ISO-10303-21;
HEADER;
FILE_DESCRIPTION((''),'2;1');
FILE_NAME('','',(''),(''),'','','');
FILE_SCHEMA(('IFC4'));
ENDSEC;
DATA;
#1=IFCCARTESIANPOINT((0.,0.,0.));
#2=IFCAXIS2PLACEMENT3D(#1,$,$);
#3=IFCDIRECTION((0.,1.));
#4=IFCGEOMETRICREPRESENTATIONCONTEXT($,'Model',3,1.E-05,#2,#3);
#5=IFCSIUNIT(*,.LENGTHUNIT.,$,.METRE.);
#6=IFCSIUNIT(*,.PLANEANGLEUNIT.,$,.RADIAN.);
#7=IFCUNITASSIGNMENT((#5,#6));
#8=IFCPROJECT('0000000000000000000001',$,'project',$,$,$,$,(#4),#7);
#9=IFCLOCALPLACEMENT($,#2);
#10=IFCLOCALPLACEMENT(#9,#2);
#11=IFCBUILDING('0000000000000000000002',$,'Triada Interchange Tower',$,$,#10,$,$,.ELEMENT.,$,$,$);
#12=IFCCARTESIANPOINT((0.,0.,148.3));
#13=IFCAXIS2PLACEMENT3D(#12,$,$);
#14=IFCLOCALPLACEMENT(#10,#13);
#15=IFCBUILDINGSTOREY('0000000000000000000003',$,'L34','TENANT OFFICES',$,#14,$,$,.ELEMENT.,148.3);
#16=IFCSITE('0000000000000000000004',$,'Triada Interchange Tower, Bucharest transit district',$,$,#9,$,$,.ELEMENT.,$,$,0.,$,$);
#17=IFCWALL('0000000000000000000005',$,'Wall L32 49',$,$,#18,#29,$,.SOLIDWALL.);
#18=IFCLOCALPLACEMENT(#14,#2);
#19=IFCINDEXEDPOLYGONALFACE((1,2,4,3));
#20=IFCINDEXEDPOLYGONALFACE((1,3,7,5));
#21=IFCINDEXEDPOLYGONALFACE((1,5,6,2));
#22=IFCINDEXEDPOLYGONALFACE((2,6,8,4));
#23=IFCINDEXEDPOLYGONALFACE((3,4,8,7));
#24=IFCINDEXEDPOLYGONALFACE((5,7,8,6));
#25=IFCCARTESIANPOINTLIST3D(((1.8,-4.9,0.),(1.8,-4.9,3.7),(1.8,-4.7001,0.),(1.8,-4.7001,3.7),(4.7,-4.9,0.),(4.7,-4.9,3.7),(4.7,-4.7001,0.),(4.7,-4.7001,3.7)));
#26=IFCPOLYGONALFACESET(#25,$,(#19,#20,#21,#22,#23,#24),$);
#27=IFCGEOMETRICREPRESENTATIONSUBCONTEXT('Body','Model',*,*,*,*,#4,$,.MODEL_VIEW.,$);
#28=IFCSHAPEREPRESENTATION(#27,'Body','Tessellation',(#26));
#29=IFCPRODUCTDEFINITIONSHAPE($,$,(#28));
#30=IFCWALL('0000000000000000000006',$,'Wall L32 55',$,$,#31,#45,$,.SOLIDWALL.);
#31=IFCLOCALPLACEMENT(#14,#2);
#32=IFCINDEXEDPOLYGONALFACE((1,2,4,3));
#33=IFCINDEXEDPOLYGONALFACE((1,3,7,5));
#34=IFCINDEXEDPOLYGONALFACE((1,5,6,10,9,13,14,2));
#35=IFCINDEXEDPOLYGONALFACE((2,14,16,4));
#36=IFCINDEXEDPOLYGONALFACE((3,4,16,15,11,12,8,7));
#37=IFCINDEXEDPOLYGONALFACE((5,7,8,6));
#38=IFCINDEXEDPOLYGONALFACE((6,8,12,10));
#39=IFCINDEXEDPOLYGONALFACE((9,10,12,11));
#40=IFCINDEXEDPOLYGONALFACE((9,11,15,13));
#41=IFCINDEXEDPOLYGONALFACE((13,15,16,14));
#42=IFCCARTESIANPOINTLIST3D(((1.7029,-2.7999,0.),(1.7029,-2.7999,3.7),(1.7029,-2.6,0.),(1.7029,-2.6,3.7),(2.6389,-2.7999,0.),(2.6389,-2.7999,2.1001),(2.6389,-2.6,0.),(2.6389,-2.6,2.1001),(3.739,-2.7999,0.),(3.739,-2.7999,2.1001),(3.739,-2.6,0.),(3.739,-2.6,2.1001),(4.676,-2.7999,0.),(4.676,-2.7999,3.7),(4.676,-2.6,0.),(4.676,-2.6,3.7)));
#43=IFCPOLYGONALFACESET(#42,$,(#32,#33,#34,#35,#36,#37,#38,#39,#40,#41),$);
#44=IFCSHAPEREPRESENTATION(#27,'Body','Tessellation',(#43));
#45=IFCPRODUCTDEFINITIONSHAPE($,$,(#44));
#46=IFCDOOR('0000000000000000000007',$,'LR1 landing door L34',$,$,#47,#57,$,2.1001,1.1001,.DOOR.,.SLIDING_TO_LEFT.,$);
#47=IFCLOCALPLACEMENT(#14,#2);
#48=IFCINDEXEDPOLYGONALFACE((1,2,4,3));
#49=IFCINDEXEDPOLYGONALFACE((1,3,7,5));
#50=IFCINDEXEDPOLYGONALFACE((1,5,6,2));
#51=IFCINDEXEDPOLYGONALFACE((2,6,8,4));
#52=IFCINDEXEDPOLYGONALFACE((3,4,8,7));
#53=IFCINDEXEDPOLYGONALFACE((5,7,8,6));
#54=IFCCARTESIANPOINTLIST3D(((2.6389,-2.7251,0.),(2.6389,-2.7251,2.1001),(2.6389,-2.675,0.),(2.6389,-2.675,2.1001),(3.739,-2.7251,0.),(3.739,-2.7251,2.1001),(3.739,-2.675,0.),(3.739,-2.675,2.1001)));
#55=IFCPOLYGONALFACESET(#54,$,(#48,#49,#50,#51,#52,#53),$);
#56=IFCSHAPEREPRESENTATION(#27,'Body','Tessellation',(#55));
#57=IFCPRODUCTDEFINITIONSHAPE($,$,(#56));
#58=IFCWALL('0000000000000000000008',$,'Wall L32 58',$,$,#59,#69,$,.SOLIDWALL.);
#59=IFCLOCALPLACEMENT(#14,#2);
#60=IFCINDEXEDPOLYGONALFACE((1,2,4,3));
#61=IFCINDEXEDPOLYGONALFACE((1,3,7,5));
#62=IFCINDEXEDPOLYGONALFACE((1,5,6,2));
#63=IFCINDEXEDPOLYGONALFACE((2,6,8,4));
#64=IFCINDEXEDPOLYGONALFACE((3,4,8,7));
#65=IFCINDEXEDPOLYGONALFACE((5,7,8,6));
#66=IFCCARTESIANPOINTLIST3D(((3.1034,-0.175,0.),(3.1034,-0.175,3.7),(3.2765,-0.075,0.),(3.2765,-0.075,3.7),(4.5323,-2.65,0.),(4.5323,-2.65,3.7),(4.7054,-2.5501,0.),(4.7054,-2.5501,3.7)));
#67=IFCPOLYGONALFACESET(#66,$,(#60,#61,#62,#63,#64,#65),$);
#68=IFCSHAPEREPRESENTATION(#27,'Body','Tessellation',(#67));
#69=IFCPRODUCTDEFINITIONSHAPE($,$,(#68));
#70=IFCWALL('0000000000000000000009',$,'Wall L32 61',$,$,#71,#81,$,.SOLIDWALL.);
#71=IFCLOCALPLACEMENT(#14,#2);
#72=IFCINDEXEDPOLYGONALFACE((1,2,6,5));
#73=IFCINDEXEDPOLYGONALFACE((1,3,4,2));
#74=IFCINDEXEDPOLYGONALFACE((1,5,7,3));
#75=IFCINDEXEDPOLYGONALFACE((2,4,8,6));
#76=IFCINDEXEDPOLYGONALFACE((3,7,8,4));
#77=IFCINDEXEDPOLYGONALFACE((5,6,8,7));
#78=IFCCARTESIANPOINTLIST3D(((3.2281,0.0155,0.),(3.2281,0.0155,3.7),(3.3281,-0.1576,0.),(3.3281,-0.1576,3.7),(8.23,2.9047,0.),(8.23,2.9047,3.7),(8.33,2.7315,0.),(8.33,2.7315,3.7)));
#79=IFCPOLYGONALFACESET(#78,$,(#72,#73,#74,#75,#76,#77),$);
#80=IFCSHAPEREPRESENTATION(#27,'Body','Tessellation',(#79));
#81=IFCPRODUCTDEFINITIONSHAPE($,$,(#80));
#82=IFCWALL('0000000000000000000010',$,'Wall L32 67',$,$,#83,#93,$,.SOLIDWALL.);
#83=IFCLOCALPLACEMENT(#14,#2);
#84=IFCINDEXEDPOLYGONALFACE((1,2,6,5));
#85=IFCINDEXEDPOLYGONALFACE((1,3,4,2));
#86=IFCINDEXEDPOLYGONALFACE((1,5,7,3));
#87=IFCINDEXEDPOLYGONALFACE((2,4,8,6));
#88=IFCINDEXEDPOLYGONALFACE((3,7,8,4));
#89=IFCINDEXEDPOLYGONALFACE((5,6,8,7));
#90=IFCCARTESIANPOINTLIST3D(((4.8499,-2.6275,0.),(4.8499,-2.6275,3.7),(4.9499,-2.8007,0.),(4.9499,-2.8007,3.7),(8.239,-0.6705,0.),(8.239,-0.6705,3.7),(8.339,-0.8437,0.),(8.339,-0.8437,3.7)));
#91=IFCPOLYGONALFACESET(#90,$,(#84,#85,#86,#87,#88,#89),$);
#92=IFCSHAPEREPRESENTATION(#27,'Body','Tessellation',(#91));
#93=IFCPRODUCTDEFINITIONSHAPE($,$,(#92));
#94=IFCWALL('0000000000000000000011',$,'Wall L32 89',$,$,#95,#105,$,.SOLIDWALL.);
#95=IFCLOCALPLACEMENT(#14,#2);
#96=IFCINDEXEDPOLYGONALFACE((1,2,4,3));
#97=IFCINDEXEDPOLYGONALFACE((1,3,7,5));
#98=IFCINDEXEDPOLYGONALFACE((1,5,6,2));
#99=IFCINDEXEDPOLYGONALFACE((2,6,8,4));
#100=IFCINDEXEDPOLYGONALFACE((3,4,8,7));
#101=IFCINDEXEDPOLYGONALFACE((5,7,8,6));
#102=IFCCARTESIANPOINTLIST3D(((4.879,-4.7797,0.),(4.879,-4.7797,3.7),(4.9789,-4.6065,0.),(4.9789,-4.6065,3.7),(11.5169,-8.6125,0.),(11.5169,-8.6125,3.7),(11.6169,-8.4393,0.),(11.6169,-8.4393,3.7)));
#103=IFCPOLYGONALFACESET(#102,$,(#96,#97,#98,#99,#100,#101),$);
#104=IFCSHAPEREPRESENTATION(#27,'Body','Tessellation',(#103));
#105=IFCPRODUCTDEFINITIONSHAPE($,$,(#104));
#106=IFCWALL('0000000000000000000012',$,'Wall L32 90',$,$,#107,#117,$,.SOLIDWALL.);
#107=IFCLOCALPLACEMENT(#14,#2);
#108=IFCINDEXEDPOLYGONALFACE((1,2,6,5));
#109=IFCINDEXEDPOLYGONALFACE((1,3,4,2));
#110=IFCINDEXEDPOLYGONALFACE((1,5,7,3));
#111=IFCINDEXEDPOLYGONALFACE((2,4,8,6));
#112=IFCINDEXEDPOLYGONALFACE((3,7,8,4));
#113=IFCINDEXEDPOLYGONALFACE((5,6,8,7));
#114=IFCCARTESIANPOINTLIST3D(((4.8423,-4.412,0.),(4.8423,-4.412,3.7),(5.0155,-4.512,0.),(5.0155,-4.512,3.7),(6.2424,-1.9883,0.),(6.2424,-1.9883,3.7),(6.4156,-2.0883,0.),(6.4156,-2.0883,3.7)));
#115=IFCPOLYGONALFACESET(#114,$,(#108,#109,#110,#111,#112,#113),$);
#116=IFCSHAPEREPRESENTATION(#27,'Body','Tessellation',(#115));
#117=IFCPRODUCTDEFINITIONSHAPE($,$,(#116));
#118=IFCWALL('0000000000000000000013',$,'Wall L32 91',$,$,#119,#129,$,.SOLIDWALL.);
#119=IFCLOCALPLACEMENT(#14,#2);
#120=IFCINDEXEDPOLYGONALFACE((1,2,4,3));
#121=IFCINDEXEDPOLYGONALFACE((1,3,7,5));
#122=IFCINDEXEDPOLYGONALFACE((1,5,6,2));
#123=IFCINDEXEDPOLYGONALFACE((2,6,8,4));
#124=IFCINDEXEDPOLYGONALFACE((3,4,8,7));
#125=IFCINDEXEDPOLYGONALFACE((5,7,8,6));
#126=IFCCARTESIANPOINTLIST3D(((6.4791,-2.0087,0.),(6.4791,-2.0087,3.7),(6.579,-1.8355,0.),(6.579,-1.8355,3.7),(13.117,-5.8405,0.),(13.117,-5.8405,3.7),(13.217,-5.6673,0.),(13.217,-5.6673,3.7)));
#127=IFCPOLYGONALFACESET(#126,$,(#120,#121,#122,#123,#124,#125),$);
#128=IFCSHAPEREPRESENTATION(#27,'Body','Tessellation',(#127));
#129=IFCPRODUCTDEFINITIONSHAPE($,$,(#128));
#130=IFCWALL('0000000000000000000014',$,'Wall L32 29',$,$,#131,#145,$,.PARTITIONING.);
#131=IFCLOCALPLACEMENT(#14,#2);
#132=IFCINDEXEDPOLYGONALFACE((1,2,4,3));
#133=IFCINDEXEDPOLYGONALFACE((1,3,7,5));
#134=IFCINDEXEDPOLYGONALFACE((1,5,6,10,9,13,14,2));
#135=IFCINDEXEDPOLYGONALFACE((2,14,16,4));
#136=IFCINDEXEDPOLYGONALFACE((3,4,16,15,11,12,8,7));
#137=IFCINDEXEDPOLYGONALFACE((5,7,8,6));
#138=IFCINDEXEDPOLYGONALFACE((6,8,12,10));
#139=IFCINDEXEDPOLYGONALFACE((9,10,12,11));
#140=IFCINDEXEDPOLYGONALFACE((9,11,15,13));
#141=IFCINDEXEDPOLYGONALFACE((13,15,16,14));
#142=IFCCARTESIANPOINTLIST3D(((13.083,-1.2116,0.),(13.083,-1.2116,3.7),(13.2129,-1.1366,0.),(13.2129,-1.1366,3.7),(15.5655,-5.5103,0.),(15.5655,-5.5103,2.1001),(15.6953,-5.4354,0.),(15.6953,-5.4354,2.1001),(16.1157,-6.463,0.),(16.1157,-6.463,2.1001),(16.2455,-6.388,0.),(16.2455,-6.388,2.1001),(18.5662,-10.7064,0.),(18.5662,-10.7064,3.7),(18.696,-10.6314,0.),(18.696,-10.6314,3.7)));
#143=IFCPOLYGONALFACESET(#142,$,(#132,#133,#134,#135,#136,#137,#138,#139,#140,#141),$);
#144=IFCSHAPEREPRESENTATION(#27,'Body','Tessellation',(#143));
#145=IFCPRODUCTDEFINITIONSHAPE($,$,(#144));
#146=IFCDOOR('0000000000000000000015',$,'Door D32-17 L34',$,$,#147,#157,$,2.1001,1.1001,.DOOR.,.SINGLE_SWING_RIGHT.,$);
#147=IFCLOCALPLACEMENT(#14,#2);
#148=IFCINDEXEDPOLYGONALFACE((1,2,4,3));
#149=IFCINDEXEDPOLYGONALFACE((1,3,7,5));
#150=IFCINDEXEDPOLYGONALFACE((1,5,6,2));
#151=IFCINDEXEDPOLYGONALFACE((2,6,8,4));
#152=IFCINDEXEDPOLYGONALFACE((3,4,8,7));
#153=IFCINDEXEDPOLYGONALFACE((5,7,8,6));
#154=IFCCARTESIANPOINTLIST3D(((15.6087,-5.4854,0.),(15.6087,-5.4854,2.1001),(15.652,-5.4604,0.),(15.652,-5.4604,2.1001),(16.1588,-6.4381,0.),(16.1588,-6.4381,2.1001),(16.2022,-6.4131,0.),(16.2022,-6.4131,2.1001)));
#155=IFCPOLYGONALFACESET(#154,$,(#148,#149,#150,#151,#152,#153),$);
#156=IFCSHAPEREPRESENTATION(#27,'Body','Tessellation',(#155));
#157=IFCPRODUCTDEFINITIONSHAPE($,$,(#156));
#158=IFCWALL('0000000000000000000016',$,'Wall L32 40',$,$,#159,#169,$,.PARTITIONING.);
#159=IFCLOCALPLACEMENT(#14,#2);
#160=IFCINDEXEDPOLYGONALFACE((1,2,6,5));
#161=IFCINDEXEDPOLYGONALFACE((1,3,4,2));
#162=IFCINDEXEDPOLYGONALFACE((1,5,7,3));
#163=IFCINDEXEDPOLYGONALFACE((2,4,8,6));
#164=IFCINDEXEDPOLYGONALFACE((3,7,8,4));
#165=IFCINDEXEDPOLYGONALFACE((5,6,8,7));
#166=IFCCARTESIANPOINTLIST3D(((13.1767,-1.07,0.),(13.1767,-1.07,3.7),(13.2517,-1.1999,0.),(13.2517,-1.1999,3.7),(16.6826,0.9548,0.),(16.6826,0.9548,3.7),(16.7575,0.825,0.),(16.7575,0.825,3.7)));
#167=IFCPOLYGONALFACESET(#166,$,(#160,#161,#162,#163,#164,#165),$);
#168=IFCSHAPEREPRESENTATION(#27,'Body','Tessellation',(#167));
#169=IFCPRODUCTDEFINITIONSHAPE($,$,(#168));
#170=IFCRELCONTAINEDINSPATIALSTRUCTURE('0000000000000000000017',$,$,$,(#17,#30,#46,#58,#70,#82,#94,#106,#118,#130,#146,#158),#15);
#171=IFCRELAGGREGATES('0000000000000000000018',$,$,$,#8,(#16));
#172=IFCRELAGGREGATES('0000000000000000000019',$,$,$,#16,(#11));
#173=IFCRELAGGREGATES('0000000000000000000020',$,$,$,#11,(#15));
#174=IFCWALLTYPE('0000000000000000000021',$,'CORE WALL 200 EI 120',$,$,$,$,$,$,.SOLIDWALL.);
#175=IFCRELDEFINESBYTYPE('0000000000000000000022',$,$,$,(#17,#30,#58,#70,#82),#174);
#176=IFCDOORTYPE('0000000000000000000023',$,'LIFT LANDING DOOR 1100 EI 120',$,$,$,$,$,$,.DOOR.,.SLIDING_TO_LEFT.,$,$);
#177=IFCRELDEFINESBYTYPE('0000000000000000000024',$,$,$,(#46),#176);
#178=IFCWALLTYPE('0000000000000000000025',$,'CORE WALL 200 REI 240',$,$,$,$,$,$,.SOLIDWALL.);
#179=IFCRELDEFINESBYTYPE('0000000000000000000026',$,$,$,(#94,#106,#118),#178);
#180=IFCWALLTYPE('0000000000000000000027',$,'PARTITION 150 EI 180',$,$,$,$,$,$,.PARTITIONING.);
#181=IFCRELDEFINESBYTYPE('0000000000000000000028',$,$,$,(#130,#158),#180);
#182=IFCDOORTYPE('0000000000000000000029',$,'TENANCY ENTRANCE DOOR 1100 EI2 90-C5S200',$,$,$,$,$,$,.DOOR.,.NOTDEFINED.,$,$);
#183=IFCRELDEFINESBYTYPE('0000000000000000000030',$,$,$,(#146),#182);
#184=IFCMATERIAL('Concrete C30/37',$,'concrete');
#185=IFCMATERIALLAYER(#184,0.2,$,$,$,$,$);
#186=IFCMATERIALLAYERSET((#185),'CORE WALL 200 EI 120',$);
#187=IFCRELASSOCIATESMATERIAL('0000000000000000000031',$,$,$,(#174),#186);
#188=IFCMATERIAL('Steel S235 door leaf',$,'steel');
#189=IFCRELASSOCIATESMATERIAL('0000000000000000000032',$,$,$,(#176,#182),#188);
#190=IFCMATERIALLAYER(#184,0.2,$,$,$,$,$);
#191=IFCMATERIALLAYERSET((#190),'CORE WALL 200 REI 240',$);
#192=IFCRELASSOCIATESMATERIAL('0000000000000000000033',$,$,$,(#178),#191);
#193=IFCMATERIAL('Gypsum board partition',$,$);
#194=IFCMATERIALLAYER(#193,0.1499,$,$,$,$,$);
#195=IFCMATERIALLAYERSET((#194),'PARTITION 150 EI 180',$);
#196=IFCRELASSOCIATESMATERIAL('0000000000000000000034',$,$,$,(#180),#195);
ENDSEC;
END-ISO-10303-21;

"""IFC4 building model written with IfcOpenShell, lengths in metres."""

from ifc_helpers import new_model, si_unit, direction, frame, frame_2d, origin, place, context, subcontext, project, spatial, rectangle, extrude, material, layer, layer_set, type_object, element, fill, save


model = new_model("IFC4")

# Units and contexts
model_context = context("Model", 3, precision=1e-05, world=origin(), true_north=direction((0.0, 1.0)))
body_context = subcontext(model_context, "Body", "Model", "MODEL_VIEW")
ifc_project = project(units=[si_unit("LENGTHUNIT", "METRE"), si_unit("PLANEANGLEUNIT", "RADIAN")], contexts=[model_context])

# Site, building, storey
site_placement = place(None, origin())
site = spatial("IfcSite", under=ifc_project, at=site_placement, Name="Triada Interchange Tower, Bucharest transit district", CompositionType="ELEMENT", RefElevation=0.0)
building_placement = place(site_placement, origin())
building = spatial("IfcBuilding", under=site, at=building_placement, Name="Triada Interchange Tower", CompositionType="ELEMENT")
storey_placement = place(building_placement, frame((0.0, 0.0, 148.3)))
storey = spatial("IfcBuildingStorey", under=building, at=storey_placement, Name="L34", Description="TENANT OFFICES", CompositionType="ELEMENT", Elevation=148.3)

# Wall
ifc_material_1 = material(Name="Concrete C30/37", Category="concrete")
ifc_layer_1 = layer(ifc_material_1, 0.2)
ifc_layer_set_1 = layer_set([ifc_layer_1], Name="CORE WALL 200 EI 120")
wall_type_1 = type_object("IfcWallType", Name="CORE WALL 200 EI 120", PredefinedType="SOLIDWALL", material=ifc_layer_set_1)
wall_1_placement = place(storey_placement, frame((1.8, -4.8, 0.0), z_axis=(0.0, 0.0, 1.0), x_axis=(1.0, 0.0, 0.0)))
element("IfcWall", 1, at=wall_1_placement, inside=storey, type_object=wall_type_1, Name="Wall L32 49", PredefinedType="SOLIDWALL", context=body_context, shape_type="SweptSolid", body=[
    extrude(rectangle(XDim=2.8999, YDim=0.2, at=frame_2d((1.45, 0.0))), origin(), (0.0, 0.0, 1.0), 3.7),
])

# Wall, opening, door
wall_2_placement = place(storey_placement, frame((1.7029, -2.7, 0.0), z_axis=(0.0, 0.0, 1.0), x_axis=(1.0, 0.0, 0.0)))
wall_2 = element("IfcWall", 2, at=wall_2_placement, inside=storey, type_object=wall_type_1, Name="Wall L32 55", PredefinedType="SOLIDWALL", context=body_context, shape_type="SweptSolid", body=[
    extrude(rectangle(XDim=2.9731, YDim=0.2, at=frame_2d((1.4866, 0.0))), origin(), (0.0, 0.0, 1.0), 3.7),
])
opening_1_placement = place(wall_2_placement, frame((0.936, 0.0, 0.0)))
opening_1 = element("IfcOpeningElement", 3, at=opening_1_placement, cuts=wall_2, PredefinedType="OPENING", context=body_context, shape_type="SweptSolid", body=[
    extrude(rectangle(XDim=1.1001, YDim=2.1001, at=frame_2d((0.55, 1.05))), frame((0.0, 0.1099, 0.0), z_axis=(0.0, -1.0, 0.0), x_axis=(1.0, 0.0, 0.0)), (0.0, 0.0, 1.0), 0.22),
])
ifc_material_2 = material(Name="Steel S235 door leaf", Category="steel")
door_type_1 = type_object("IfcDoorType", Name="LIFT LANDING DOOR 1100 EI 120", OperationType="SLIDING_TO_LEFT", PredefinedType="DOOR", material=ifc_material_2)
door_1_placement = place(opening_1_placement, origin())
door_1 = element("IfcDoor", 4, at=door_1_placement, inside=storey, type_object=door_type_1, Name="LR1 landing door L34", OperationType="SLIDING_TO_LEFT", OverallHeight=2.1001, OverallWidth=1.1001, PredefinedType="DOOR", context=body_context, shape_type="SweptSolid", body=[
    extrude(rectangle(XDim=1.1001, YDim=2.1001, at=frame_2d((0.55, 1.05))), frame((0.0, 0.0249, 0.0), z_axis=(0.0, -1.0, 0.0), x_axis=(1.0, 0.0, 0.0)), (0.0, 0.0, 1.0), 0.05),
])
fill(opening_1, door_1)

# Walls
wall_3_placement = place(storey_placement, frame((3.1899, -0.125, 0.0), z_axis=(0.0, 0.0, 1.0), x_axis=(0.499989, -0.866032, 0.0)))
element("IfcWall", 5, at=wall_3_placement, inside=storey, type_object=wall_type_1, Name="Wall L32 58", PredefinedType="SOLIDWALL", context=body_context, shape_type="SweptSolid", body=[
    extrude(rectangle(XDim=2.8579, YDim=0.2, at=frame_2d((1.429, 0.0))), origin(), (0.0, 0.0, 1.0), 3.7),
])
wall_4_placement = place(storey_placement, frame((3.2781, -0.071, 0.0), z_axis=(0.0, 0.0, 1.0), x_axis=(0.865929, 0.500166, 0.0)))
element("IfcWall", 6, at=wall_4_placement, inside=storey, type_object=wall_type_1, Name="Wall L32 61", PredefinedType="SOLIDWALL", context=body_context, shape_type="SweptSolid", body=[
    extrude(rectangle(XDim=5.7764, YDim=0.2, at=frame_2d((2.8882, 0.0))), origin(), (0.0, 0.0, 1.0), 3.7),
])
wall_5_placement = place(storey_placement, frame((4.8999, -2.7141, 0.0), z_axis=(0.0, 0.0, 1.0), x_axis=(0.865992, 0.500057, 0.0)))
element("IfcWall", 7, at=wall_5_placement, inside=storey, type_object=wall_type_1, Name="Wall L32 67", PredefinedType="SOLIDWALL", context=body_context, shape_type="SweptSolid", body=[
    extrude(rectangle(XDim=3.9136, YDim=0.2, at=frame_2d((1.9568, 0.0))), origin(), (0.0, 0.0, 1.0), 3.7),
])
ifc_layer_2 = layer(ifc_material_1, 0.2)
ifc_layer_set_2 = layer_set([ifc_layer_2], Name="CORE WALL 200 REI 240")
wall_type_2 = type_object("IfcWallType", Name="CORE WALL 200 REI 240", PredefinedType="SOLIDWALL", material=ifc_layer_set_2)
wall_6_placement = place(storey_placement, frame((4.929, -4.6931, 0.0), z_axis=(0.0, 0.0, 1.0), x_axis=(0.866006, -0.500034, 0.0)))
element("IfcWall", 8, at=wall_6_placement, inside=storey, type_object=wall_type_2, Name="Wall L32 89", PredefinedType="SOLIDWALL", context=body_context, shape_type="SweptSolid", body=[
    extrude(rectangle(XDim=7.665, YDim=0.2, at=frame_2d((3.8325, 0.0))), origin(), (0.0, 0.0, 1.0), 3.7),
])
wall_7_placement = place(storey_placement, frame((4.929, -4.4619, 0.0), z_axis=(0.0, 0.0, 1.0), x_axis=(0.500201, 0.86591, 0.0)))
element("IfcWall", 9, at=wall_7_placement, inside=storey, type_object=wall_type_2, Name="Wall L32 90", PredefinedType="SOLIDWALL", context=body_context, shape_type="SweptSolid", body=[
    extrude(rectangle(XDim=2.7991, YDim=0.2, at=frame_2d((1.3994, 0.0))), origin(), (0.0, 0.0, 1.0), 3.7),
])
wall_8_placement = place(storey_placement, frame((6.5291, -1.9221, 0.0), z_axis=(0.0, 0.0, 1.0), x_axis=(0.866061, -0.499938, 0.0)))
element("IfcWall", 10, at=wall_8_placement, inside=storey, type_object=wall_type_2, Name="Wall L32 91", PredefinedType="SOLIDWALL", context=body_context, shape_type="SweptSolid", body=[
    extrude(rectangle(XDim=7.6646, YDim=0.2, at=frame_2d((3.8323, 0.0))), origin(), (0.0, 0.0, 1.0), 3.7),
])

# Wall, opening, door
ifc_material_3 = material(Name="Gypsum board partition")
ifc_layer_3 = layer(ifc_material_3, 0.1499)
ifc_layer_set_3 = layer_set([ifc_layer_3], Name="PARTITION 150 EI 180")
wall_type_3 = type_object("IfcWallType", Name="PARTITION 150 EI 180", PredefinedType="PARTITIONING", material=ifc_layer_set_3)
wall_9_placement = place(storey_placement, frame((13.1479, -1.1741, 0.0), z_axis=(0.0, 0.0, 1.0), x_axis=(0.500088, -0.865975, 0.0)))
wall_9 = element("IfcWall", 11, at=wall_9_placement, inside=storey, type_object=wall_type_3, Name="Wall L32 29", PredefinedType="PARTITIONING", context=body_context, shape_type="SweptSolid", body=[
    extrude(rectangle(XDim=10.9644, YDim=0.1499, at=frame_2d((5.4822, 0.0))), origin(), (0.0, 0.0, 1.0), 3.7),
])
opening_2_placement = place(wall_9_placement, frame((4.9641, 0.0, 0.0)))
opening_2 = element("IfcOpeningElement", 12, at=opening_2_placement, cuts=wall_9, PredefinedType="OPENING", context=body_context, shape_type="SweptSolid", body=[
    extrude(rectangle(XDim=1.1001, YDim=2.1001, at=frame_2d((0.55, 1.05))), frame((0.0, 0.085, 0.0), z_axis=(0.0, -1.0, 0.0), x_axis=(1.0, 0.0, 0.0)), (0.0, 0.0, 1.0), 0.1699),
])
door_type_2 = type_object("IfcDoorType", Name="TENANCY ENTRANCE DOOR 1100 EI2 90-C5S200", OperationType="NOTDEFINED", PredefinedType="DOOR", material=ifc_material_2)
door_2_placement = place(opening_2_placement, origin())
door_2 = element("IfcDoor", 13, at=door_2_placement, inside=storey, type_object=door_type_2, Name="Door D32-17 L34", OperationType="SINGLE_SWING_RIGHT", OverallHeight=2.1001, OverallWidth=1.1001, PredefinedType="DOOR", context=body_context, shape_type="SweptSolid", body=[
    extrude(rectangle(XDim=1.1001, YDim=2.1001, at=frame_2d((0.55, 1.05))), frame((0.0, 0.0249, 0.0), z_axis=(0.0, -1.0, 0.0), x_axis=(1.0, 0.0, 0.0)), (0.0, 0.0, 1.0), 0.05),
])
fill(opening_2, door_2)

# Wall
wall_10_placement = place(storey_placement, frame((13.2141, -1.135, 0.0), z_axis=(0.0, 0.0, 1.0), x_axis=(0.865941, 0.500147, 0.0)))
element("IfcWall", 14, at=wall_10_placement, inside=storey, type_object=wall_type_3, Name="Wall L32 40", PredefinedType="PARTITIONING", context=body_context, shape_type="SweptSolid", body=[
    extrude(rectangle(XDim=4.0486, YDim=0.1499, at=frame_2d((2.0244, 0.0))), origin(), (0.0, 0.0, 1.0), 3.7),
])

save(model, "model.ifc")
